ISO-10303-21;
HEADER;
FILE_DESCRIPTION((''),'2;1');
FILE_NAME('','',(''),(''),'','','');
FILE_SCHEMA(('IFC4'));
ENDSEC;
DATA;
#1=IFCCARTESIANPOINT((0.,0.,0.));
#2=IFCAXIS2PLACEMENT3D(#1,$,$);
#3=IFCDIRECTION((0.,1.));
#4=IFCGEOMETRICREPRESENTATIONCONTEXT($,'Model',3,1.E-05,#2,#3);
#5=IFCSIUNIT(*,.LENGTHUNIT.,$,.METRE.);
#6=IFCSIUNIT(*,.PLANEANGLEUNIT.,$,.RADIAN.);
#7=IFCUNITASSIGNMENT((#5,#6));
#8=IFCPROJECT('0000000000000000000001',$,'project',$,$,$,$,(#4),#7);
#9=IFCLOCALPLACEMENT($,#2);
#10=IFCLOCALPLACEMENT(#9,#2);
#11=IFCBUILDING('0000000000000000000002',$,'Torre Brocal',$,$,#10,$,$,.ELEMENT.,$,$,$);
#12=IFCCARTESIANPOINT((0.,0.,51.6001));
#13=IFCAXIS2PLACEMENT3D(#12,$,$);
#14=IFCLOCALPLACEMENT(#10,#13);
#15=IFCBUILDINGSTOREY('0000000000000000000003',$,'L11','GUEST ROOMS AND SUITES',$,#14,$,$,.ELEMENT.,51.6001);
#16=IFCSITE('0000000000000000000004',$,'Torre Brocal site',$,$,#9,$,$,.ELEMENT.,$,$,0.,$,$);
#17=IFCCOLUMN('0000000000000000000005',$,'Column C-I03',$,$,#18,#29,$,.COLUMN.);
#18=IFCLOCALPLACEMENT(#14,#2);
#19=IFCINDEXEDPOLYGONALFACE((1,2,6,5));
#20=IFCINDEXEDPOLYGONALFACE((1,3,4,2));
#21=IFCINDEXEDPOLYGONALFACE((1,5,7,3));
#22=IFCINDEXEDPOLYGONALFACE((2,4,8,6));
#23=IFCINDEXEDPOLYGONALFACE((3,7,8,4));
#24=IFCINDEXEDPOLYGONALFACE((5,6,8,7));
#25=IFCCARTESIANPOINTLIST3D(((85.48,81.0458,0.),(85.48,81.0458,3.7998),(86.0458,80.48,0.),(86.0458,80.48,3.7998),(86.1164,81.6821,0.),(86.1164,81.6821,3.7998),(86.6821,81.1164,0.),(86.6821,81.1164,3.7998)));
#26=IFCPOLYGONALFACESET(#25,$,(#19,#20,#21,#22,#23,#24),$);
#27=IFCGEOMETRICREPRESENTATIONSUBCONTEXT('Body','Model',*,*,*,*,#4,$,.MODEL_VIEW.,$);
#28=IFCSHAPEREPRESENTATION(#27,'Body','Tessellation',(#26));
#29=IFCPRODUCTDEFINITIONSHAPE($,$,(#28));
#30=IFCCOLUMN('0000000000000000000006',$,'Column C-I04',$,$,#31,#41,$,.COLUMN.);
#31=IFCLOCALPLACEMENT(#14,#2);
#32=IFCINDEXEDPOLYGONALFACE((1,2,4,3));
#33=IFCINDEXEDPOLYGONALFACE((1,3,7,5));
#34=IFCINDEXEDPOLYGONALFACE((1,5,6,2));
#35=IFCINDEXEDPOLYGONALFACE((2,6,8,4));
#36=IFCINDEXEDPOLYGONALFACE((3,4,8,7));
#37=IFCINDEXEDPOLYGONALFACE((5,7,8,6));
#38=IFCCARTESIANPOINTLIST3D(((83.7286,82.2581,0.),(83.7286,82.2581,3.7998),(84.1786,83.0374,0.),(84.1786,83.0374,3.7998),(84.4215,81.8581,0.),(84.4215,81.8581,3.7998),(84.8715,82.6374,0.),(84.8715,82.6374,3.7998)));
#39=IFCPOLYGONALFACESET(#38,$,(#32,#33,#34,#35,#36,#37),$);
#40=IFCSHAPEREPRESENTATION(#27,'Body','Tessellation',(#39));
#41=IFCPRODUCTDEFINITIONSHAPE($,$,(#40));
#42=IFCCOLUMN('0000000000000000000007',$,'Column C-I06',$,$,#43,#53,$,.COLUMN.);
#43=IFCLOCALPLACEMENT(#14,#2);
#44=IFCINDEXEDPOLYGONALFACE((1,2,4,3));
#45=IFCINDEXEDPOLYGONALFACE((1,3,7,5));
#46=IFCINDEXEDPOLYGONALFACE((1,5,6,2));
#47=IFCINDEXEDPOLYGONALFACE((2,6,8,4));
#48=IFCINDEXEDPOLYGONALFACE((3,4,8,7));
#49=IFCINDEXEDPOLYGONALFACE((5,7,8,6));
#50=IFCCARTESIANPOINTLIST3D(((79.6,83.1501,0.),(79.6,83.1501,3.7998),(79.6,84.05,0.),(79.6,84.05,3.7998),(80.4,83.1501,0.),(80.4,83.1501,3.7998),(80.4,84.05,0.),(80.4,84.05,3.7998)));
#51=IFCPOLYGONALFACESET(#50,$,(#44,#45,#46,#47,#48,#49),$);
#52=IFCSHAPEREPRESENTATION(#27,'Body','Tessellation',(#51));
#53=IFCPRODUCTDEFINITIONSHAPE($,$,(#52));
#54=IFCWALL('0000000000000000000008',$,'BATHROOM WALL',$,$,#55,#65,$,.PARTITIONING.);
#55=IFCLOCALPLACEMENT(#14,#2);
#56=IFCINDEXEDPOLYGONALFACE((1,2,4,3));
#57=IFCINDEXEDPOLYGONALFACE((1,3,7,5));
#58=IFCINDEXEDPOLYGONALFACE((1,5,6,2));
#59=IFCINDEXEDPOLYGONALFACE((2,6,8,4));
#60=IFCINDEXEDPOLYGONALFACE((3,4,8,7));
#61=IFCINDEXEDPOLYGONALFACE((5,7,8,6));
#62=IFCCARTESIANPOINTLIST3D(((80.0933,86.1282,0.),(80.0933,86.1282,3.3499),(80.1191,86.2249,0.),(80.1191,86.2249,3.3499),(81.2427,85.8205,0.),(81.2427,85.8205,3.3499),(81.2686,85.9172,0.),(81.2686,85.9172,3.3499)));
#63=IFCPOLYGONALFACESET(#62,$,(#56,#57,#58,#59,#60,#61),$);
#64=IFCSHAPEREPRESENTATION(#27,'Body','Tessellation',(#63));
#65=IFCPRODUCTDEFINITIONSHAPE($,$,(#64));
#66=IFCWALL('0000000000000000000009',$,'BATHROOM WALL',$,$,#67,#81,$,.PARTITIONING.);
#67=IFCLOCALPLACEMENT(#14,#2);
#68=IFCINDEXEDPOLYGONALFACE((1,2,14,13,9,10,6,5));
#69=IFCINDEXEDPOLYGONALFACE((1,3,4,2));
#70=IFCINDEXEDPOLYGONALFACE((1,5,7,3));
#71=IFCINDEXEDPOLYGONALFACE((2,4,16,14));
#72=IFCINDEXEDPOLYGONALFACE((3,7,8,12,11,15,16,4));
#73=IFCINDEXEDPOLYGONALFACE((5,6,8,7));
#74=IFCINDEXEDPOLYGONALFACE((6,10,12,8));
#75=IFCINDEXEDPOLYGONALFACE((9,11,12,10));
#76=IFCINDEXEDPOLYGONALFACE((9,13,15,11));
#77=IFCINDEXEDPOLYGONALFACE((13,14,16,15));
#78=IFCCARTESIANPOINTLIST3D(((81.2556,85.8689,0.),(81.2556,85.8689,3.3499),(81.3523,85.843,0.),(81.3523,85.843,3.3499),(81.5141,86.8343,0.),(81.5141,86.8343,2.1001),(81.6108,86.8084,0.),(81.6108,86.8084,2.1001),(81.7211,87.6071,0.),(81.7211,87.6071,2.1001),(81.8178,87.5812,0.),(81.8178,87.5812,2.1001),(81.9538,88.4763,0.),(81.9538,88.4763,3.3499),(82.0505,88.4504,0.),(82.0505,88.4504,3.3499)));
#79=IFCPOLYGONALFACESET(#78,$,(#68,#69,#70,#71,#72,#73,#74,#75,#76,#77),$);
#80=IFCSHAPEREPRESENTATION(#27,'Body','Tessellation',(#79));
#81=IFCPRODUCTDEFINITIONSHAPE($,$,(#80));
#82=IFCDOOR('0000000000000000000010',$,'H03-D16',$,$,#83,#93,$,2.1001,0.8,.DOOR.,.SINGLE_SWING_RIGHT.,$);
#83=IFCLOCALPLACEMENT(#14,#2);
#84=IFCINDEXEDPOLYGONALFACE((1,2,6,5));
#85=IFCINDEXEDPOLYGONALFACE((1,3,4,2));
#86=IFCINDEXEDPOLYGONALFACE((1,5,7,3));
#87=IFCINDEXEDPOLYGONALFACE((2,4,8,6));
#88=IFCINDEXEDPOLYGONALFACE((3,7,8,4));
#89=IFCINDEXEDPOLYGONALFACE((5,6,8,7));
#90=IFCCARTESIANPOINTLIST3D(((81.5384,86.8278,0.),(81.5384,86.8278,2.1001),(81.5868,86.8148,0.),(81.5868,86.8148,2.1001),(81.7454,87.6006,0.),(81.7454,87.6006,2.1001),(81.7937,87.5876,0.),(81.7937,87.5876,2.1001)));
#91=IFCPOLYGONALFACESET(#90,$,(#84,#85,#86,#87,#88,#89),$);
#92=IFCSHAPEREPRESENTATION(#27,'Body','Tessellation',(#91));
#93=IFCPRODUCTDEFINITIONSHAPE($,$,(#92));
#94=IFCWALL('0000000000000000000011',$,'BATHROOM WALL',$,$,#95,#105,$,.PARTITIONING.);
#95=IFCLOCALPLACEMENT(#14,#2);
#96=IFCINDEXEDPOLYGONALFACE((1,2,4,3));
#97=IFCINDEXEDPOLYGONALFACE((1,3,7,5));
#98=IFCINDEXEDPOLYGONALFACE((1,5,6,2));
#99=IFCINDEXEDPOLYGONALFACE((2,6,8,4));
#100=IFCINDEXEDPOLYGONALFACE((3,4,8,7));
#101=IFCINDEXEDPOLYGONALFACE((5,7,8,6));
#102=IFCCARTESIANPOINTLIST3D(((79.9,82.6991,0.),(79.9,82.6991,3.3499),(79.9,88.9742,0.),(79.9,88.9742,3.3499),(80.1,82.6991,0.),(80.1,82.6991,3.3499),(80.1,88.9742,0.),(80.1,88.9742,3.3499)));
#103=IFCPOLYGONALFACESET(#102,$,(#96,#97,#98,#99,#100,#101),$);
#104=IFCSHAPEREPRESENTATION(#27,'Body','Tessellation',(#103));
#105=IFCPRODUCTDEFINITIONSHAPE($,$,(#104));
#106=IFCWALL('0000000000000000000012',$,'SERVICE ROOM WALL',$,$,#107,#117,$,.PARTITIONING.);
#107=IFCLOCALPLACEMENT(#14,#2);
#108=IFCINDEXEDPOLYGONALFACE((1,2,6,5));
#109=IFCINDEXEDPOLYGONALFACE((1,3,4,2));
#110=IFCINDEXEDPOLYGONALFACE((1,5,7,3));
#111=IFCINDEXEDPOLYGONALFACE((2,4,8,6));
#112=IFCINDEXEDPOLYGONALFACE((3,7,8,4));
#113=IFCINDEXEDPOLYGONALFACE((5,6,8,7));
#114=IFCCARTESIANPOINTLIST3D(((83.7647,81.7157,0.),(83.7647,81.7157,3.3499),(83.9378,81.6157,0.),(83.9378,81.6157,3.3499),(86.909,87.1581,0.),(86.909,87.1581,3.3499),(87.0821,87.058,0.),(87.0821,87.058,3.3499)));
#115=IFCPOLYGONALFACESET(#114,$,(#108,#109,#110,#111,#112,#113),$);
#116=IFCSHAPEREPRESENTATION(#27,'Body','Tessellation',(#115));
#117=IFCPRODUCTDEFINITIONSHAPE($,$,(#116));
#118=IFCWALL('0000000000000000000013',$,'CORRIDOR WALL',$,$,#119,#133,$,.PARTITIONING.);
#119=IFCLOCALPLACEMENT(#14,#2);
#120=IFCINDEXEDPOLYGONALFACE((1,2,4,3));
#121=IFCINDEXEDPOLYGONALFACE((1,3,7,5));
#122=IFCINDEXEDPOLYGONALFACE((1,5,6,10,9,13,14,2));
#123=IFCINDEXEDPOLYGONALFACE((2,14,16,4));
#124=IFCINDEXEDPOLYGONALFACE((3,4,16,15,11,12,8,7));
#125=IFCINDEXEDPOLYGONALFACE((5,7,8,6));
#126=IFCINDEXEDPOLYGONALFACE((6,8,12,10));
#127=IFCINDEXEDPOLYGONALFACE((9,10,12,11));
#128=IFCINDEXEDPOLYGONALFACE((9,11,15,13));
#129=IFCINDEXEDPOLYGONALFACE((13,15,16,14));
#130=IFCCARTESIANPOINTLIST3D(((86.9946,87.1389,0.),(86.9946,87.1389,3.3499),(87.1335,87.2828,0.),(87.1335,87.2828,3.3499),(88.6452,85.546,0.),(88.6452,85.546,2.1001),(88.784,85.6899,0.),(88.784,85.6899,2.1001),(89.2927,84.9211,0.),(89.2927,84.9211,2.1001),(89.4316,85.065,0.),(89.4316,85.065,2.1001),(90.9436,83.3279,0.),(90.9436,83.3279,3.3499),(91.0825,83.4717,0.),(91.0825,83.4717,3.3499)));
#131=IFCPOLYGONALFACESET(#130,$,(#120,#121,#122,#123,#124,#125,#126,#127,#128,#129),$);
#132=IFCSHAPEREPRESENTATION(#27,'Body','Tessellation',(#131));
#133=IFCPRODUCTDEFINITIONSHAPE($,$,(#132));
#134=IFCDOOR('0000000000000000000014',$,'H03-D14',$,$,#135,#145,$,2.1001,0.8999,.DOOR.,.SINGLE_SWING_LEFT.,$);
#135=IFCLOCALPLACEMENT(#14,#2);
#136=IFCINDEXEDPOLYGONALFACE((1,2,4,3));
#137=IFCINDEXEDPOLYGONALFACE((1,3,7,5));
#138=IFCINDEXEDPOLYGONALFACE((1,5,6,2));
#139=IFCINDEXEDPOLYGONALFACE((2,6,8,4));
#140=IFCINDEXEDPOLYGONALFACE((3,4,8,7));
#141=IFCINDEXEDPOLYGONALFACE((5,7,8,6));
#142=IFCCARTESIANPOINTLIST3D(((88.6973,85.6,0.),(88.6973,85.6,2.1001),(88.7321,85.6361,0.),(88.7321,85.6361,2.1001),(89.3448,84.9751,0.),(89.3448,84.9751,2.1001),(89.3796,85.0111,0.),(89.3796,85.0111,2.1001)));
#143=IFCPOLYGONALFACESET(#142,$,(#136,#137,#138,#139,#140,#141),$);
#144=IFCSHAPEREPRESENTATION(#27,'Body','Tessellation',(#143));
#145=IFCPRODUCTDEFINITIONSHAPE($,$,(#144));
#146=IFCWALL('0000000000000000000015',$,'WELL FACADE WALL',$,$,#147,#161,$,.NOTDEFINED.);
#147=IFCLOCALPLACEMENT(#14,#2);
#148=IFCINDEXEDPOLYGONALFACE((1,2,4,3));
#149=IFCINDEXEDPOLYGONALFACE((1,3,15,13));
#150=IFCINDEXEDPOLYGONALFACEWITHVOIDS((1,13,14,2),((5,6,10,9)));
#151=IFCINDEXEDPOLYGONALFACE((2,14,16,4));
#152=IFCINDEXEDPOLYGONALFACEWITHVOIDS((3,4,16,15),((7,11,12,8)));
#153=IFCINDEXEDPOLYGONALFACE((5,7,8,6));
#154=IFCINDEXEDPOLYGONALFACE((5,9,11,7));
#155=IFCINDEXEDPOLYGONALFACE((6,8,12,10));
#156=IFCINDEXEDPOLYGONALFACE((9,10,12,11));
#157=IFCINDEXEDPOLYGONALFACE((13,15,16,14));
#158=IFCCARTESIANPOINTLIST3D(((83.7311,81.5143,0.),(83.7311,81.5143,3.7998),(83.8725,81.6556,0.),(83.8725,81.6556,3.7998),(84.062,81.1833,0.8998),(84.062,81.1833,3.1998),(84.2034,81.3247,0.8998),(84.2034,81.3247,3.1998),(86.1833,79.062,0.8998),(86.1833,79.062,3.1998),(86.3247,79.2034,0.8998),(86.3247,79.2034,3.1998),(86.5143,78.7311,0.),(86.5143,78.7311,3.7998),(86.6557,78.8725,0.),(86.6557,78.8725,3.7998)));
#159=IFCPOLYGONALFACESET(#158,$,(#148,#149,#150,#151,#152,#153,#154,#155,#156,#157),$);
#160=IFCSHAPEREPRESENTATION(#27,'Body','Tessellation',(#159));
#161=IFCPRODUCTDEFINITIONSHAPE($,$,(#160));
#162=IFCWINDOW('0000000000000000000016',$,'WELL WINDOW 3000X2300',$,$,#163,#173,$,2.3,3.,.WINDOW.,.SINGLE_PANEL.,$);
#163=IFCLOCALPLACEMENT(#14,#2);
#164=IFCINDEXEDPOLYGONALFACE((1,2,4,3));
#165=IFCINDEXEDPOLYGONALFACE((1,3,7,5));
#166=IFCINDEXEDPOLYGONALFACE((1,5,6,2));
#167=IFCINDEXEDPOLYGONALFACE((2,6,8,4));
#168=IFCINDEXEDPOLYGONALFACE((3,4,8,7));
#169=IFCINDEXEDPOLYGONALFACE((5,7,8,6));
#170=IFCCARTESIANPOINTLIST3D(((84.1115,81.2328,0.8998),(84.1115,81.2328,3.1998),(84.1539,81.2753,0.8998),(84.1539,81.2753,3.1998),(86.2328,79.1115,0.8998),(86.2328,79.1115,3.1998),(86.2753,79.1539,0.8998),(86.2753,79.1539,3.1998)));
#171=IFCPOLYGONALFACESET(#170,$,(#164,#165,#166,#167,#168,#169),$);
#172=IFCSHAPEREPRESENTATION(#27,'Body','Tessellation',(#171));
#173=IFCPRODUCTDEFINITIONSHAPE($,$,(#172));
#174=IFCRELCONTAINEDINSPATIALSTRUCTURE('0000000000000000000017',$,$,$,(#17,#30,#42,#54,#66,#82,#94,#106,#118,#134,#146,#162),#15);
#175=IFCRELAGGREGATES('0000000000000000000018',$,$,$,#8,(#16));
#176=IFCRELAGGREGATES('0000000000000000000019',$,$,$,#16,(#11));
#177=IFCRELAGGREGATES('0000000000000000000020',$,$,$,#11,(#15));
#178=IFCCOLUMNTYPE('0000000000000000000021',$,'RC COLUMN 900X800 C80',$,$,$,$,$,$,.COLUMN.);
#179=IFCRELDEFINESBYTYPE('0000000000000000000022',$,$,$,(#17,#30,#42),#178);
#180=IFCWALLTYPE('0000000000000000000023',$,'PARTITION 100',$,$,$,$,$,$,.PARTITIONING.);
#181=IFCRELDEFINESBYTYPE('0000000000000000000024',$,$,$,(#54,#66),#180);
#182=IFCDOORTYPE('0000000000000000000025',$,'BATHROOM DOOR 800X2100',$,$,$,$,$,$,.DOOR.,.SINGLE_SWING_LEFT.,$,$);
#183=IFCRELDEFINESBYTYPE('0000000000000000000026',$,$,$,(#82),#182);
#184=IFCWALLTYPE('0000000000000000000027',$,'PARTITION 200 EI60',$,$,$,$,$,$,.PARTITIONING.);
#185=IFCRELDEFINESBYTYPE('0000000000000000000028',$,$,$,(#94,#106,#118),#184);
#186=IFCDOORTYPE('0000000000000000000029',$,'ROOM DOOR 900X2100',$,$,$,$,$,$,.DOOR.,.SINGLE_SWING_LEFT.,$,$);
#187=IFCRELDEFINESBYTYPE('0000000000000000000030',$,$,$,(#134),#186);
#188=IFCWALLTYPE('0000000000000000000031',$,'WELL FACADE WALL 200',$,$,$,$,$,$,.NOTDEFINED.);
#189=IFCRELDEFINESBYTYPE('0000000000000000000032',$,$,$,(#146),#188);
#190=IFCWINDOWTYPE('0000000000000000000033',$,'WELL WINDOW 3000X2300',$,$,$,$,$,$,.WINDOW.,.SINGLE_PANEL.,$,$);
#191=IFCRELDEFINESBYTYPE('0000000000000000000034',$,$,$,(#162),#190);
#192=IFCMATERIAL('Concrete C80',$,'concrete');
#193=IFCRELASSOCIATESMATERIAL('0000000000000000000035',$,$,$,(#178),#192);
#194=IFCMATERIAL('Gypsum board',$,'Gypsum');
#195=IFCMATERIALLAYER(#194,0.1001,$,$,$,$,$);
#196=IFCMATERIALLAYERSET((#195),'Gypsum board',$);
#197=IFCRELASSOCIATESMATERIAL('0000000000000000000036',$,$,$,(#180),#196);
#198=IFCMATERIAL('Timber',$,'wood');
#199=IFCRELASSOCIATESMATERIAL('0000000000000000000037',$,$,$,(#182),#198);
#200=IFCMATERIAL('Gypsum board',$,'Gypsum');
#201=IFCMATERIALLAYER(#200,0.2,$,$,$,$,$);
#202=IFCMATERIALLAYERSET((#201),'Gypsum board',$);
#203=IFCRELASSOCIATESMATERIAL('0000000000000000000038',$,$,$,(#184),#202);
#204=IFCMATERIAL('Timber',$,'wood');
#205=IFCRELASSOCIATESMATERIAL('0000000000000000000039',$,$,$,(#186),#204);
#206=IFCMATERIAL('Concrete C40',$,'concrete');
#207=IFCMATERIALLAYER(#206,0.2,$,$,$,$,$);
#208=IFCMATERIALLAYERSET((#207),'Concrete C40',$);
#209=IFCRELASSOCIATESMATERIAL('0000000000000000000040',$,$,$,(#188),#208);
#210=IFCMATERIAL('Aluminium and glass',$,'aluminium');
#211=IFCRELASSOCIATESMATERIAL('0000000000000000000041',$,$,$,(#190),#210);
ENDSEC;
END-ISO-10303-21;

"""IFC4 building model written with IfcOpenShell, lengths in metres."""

from ifc_helpers import new_model, si_unit, direction, frame, frame_2d, origin, origin_2d, place, context, subcontext, project, spatial, rectangle, extrude, material, layer, layer_set, material_profile, profile_set, type_object, element, fill, save


model = new_model("IFC4")

# Units and contexts
model_context = context("Model", 3, precision=1e-05, world=origin(), true_north=direction((0.0, 1.0)))
body_context = subcontext(model_context, "Body", "Model", "MODEL_VIEW")
ifc_project = project(units=[si_unit("LENGTHUNIT", "METRE"), si_unit("PLANEANGLEUNIT", "RADIAN")], contexts=[model_context])

# Site, building, storey
site_placement = place(None, origin())
site = spatial("IfcSite", under=ifc_project, at=site_placement, Name="Torre Brocal site", CompositionType="ELEMENT", RefElevation=0.0)
building_placement = place(site_placement, origin())
building = spatial("IfcBuilding", under=site, at=building_placement, Name="Torre Brocal", CompositionType="ELEMENT")
storey_placement = place(building_placement, frame((0.0, 0.0, 51.6001)))
storey = spatial("IfcBuildingStorey", under=building, at=storey_placement, Name="L11", Description="GUEST ROOMS AND SUITES", CompositionType="ELEMENT", Elevation=51.6001)

# Columns
ifc_material_1 = material(Name="Concrete C80", Category="concrete")
ifc_material_profile = material_profile(ifc_material_1, rectangle(XDim=0.8999, YDim=0.8, at=origin_2d()), Name="RC 900X800")
ifc_profile_set = profile_set([ifc_material_profile], Name="Concrete C80")
column_type = type_object("IfcColumnType", Name="RC COLUMN 900X800 C80", PredefinedType="COLUMN", material=ifc_profile_set)
for number, where, z_axis, x_axis, name in (
    (1, (86.0811, 81.0811, 0.0), (0.0, 0.0, 1.0), (0.707107, 0.707107, 0.0), "Column C-I03"),
    (2, (84.3, 82.4478, 0.0), (0.0, 0.0, 1.0), (0.5, 0.866025, 0.0), "Column C-I04"),
    (3, (80.0, 83.6001, 0.0), (0.0, 0.0, 1.0), (0.0, 1.0, 0.0), "Column C-I06"),
):
    element("IfcColumn", number, at=place(storey_placement, frame(where, z_axis=z_axis, x_axis=x_axis)), inside=storey, type_object=column_type, Name=name, PredefinedType="COLUMN", context=body_context, shape_type="SweptSolid", body=[
        extrude(rectangle(XDim=0.8999, YDim=0.8, at=origin_2d()), origin(), (0.0, 0.0, 1.0), 3.7998),
    ])

# Wall
ifc_material_2 = material(Name="Gypsum board", Category="Gypsum")
ifc_layer_1 = layer(ifc_material_2, 0.1001)
ifc_layer_set_1 = layer_set([ifc_layer_1], Name="Gypsum board")
wall_type_1 = type_object("IfcWallType", Name="PARTITION 100", PredefinedType="PARTITIONING", material=ifc_layer_set_1)
wall_1_placement = place(storey_placement, frame((80.1062, 86.1765, 0.0), z_axis=(0.0, 0.0, 1.0), x_axis=(0.966003, -0.258531, 0.0)))
element("IfcWall", 4, at=wall_1_placement, inside=storey, type_object=wall_type_1, Name="BATHROOM WALL", PredefinedType="PARTITIONING", context=body_context, shape_type="SweptSolid", body=[
    extrude(rectangle(XDim=1.1899, YDim=0.1001, at=frame_2d((0.595, 0.0))), origin(), (0.0, 0.0, 1.0), 3.3499),
])

# Wall, opening, door
wall_2_placement = place(storey_placement, frame((81.304, 85.856, 0.0), z_axis=(0.0, 0.0, 1.0), x_axis=(0.258676, 0.965964, 0.0)))
wall_2 = element("IfcWall", 5, at=wall_2_placement, inside=storey, type_object=wall_type_1, Name="BATHROOM WALL", PredefinedType="PARTITIONING", context=body_context, shape_type="SweptSolid", body=[
    extrude(rectangle(XDim=2.6992, YDim=0.1001, at=frame_2d((1.3496, 0.0))), origin(), (0.0, 0.0, 1.0), 3.3499),
])
opening_1_placement = place(wall_2_placement, frame((0.9995, 0.0, 0.0)))
opening_1 = element("IfcOpeningElement", 6, at=opening_1_placement, cuts=wall_2, PredefinedType="OPENING", context=body_context, shape_type="SweptSolid", body=[
    extrude(rectangle(XDim=0.8, YDim=2.1001, at=frame_2d((0.3999, 1.05))), frame((0.0, 0.0601, 0.0), z_axis=(0.0, -1.0, 0.0), x_axis=(1.0, 0.0, 0.0)), (0.0, 0.0, 1.0), 0.1201),
])
ifc_material_3 = material(Name="Timber", Category="wood")
door_type_1 = type_object("IfcDoorType", Name="BATHROOM DOOR 800X2100", OperationType="SINGLE_SWING_LEFT", PredefinedType="DOOR", material=ifc_material_3)
door_1_placement = place(opening_1_placement, origin())
door_1 = element("IfcDoor", 7, at=door_1_placement, inside=storey, type_object=door_type_1, Name="H03-D16", OperationType="SINGLE_SWING_RIGHT", OverallHeight=2.1001, OverallWidth=0.8, PredefinedType="DOOR", context=body_context, shape_type="SweptSolid", body=[
    extrude(rectangle(XDim=0.8, YDim=2.1001, at=frame_2d((0.3999, 1.05))), frame((0.0, 0.0249, 0.0), z_axis=(0.0, -1.0, 0.0), x_axis=(1.0, 0.0, 0.0)), (0.0, 0.0, 1.0), 0.05),
])
fill(opening_1, door_1)

# Walls
ifc_material_4 = material(Name="Gypsum board", Category="Gypsum")
ifc_layer_2 = layer(ifc_material_4, 0.2)
ifc_layer_set_2 = layer_set([ifc_layer_2], Name="Gypsum board")
wall_type_2 = type_object("IfcWallType", Name="PARTITION 200 EI60", PredefinedType="PARTITIONING", material=ifc_layer_set_2)
wall_3_placement = place(storey_placement, frame((80.0, 82.699, 0.0), z_axis=(0.0, 0.0, 1.0), x_axis=(0.0, 1.0, 0.0)))
element("IfcWall", 8, at=wall_3_placement, inside=storey, type_object=wall_type_2, Name="BATHROOM WALL", PredefinedType="PARTITIONING", context=body_context, shape_type="SweptSolid", body=[
    extrude(rectangle(XDim=6.2751, YDim=0.2, at=frame_2d((3.1377, 0.0))), origin(), (0.0, 0.0, 1.0), 3.3499),
])
wall_4_placement = place(storey_placement, frame((83.8513, 81.6658, 0.0), z_axis=(0.0, 0.0, 1.0), x_axis=(0.500254, 0.865879, 0.0)))
element("IfcWall", 9, at=wall_4_placement, inside=storey, type_object=wall_type_2, Name="SERVICE ROOM WALL", PredefinedType="PARTITIONING", context=body_context, shape_type="SweptSolid", body=[
    extrude(rectangle(XDim=6.2854, YDim=0.2, at=frame_2d((3.1426, 0.0))), origin(), (0.0, 0.0, 1.0), 3.3499),
])

# Wall, opening, door
wall_5_placement = place(storey_placement, frame((87.064, 87.2109, 0.0), z_axis=(0.0, 0.0, 1.0), x_axis=(0.719562, -0.694428, 0.0)))
wall_5 = element("IfcWall", 10, at=wall_5_placement, inside=storey, type_object=wall_type_2, Name="CORRIDOR WALL", PredefinedType="PARTITIONING", context=body_context, shape_type="SweptSolid", body=[
    extrude(rectangle(XDim=5.488, YDim=0.2, at=frame_2d((2.7441, 0.0))), origin(), (0.0, 0.0, 1.0), 3.3499),
])
opening_2_placement = place(wall_5_placement, frame((2.2939, 0.0, 0.0)))
opening_2 = element("IfcOpeningElement", 11, at=opening_2_placement, cuts=wall_5, PredefinedType="OPENING", context=body_context, shape_type="SweptSolid", body=[
    extrude(rectangle(XDim=0.8999, YDim=2.1001, at=frame_2d((0.45, 1.05))), frame((0.0, 0.1099, 0.0), z_axis=(0.0, -1.0, 0.0), x_axis=(1.0, 0.0, 0.0)), (0.0, 0.0, 1.0), 0.22),
])
ifc_material_5 = material(Name="Timber", Category="wood")
door_type_2 = type_object("IfcDoorType", Name="ROOM DOOR 900X2100", OperationType="SINGLE_SWING_LEFT", PredefinedType="DOOR", material=ifc_material_5)
door_2_placement = place(opening_2_placement, frame((0.8999, 0.0, 0.0), z_axis=(0.0, 0.0, 1.0), x_axis=(-1.0, 0.0, 0.0)))
door_2 = element("IfcDoor", 12, at=door_2_placement, inside=storey, type_object=door_type_2, Name="H03-D14", OperationType="SINGLE_SWING_LEFT", OverallHeight=2.1001, OverallWidth=0.8999, PredefinedType="DOOR", context=body_context, shape_type="SweptSolid", body=[
    extrude(rectangle(XDim=0.8999, YDim=2.1001, at=frame_2d((0.45, 1.05))), frame((0.0, 0.0249, 0.0), z_axis=(0.0, -1.0, 0.0), x_axis=(1.0, 0.0, 0.0)), (0.0, 0.0, 1.0), 0.05),
])
fill(opening_2, door_2)

# Wall, opening, window
ifc_material_6 = material(Name="Concrete C40", Category="concrete")
ifc_layer_3 = layer(ifc_material_6, 0.2)
ifc_layer_set_3 = layer_set([ifc_layer_3], Name="Concrete C40")
wall_type_3 = type_object("IfcWallType", Name="WELL FACADE WALL 200", PredefinedType="NOTDEFINED", material=ifc_layer_set_3)
wall_6_placement = place(storey_placement, frame((86.585, 78.8018, 0.0), z_axis=(0.0, 0.0, 1.0), x_axis=(-0.707107, 0.707107, 0.0)))
wall_6 = element("IfcWall", 13, at=wall_6_placement, inside=storey, type_object=wall_type_3, Name="WELL FACADE WALL", PredefinedType="NOTDEFINED", context=body_context, shape_type="SweptSolid", body=[
    extrude(rectangle(XDim=3.936, YDim=0.2, at=frame_2d((1.968, 0.0))), origin(), (0.0, 0.0, 1.0), 3.7998),
])
opening_3_placement = place(wall_6_placement, frame((0.468, 0.0, 0.8999)))
opening_3 = element("IfcOpeningElement", 14, at=opening_3_placement, cuts=wall_6, PredefinedType="OPENING", context=body_context, shape_type="SweptSolid", body=[
    extrude(rectangle(XDim=3.0, YDim=2.3, at=frame_2d((1.5, 1.1499))), frame((0.0, 0.1099, 0.0), z_axis=(0.0, -1.0, 0.0), x_axis=(1.0, 0.0, 0.0)), (0.0, 0.0, 1.0), 0.22),
])
ifc_material_7 = material(Name="Aluminium and glass", Category="aluminium")
window_type = type_object("IfcWindowType", Name="WELL WINDOW 3000X2300", PartitioningType="SINGLE_PANEL", PredefinedType="WINDOW", material=ifc_material_7)
window_1_placement = place(opening_3_placement, origin())
window_1 = element("IfcWindow", 15, at=window_1_placement, inside=storey, type_object=window_type, Name="WELL WINDOW 3000X2300", OverallHeight=2.3, OverallWidth=3.0, PartitioningType="SINGLE_PANEL", PredefinedType="WINDOW", context=body_context, shape_type="SweptSolid", body=[
    extrude(rectangle(XDim=3.0, YDim=2.3, at=frame_2d((1.5, 1.1499))), frame((0.0, 0.03, 0.0), z_axis=(0.0, -1.0, 0.0), x_axis=(1.0, 0.0, 0.0)), (0.0, 0.0, 1.0), 0.0601),
])
fill(opening_3, window_1)

save(model, "model.ifc")
